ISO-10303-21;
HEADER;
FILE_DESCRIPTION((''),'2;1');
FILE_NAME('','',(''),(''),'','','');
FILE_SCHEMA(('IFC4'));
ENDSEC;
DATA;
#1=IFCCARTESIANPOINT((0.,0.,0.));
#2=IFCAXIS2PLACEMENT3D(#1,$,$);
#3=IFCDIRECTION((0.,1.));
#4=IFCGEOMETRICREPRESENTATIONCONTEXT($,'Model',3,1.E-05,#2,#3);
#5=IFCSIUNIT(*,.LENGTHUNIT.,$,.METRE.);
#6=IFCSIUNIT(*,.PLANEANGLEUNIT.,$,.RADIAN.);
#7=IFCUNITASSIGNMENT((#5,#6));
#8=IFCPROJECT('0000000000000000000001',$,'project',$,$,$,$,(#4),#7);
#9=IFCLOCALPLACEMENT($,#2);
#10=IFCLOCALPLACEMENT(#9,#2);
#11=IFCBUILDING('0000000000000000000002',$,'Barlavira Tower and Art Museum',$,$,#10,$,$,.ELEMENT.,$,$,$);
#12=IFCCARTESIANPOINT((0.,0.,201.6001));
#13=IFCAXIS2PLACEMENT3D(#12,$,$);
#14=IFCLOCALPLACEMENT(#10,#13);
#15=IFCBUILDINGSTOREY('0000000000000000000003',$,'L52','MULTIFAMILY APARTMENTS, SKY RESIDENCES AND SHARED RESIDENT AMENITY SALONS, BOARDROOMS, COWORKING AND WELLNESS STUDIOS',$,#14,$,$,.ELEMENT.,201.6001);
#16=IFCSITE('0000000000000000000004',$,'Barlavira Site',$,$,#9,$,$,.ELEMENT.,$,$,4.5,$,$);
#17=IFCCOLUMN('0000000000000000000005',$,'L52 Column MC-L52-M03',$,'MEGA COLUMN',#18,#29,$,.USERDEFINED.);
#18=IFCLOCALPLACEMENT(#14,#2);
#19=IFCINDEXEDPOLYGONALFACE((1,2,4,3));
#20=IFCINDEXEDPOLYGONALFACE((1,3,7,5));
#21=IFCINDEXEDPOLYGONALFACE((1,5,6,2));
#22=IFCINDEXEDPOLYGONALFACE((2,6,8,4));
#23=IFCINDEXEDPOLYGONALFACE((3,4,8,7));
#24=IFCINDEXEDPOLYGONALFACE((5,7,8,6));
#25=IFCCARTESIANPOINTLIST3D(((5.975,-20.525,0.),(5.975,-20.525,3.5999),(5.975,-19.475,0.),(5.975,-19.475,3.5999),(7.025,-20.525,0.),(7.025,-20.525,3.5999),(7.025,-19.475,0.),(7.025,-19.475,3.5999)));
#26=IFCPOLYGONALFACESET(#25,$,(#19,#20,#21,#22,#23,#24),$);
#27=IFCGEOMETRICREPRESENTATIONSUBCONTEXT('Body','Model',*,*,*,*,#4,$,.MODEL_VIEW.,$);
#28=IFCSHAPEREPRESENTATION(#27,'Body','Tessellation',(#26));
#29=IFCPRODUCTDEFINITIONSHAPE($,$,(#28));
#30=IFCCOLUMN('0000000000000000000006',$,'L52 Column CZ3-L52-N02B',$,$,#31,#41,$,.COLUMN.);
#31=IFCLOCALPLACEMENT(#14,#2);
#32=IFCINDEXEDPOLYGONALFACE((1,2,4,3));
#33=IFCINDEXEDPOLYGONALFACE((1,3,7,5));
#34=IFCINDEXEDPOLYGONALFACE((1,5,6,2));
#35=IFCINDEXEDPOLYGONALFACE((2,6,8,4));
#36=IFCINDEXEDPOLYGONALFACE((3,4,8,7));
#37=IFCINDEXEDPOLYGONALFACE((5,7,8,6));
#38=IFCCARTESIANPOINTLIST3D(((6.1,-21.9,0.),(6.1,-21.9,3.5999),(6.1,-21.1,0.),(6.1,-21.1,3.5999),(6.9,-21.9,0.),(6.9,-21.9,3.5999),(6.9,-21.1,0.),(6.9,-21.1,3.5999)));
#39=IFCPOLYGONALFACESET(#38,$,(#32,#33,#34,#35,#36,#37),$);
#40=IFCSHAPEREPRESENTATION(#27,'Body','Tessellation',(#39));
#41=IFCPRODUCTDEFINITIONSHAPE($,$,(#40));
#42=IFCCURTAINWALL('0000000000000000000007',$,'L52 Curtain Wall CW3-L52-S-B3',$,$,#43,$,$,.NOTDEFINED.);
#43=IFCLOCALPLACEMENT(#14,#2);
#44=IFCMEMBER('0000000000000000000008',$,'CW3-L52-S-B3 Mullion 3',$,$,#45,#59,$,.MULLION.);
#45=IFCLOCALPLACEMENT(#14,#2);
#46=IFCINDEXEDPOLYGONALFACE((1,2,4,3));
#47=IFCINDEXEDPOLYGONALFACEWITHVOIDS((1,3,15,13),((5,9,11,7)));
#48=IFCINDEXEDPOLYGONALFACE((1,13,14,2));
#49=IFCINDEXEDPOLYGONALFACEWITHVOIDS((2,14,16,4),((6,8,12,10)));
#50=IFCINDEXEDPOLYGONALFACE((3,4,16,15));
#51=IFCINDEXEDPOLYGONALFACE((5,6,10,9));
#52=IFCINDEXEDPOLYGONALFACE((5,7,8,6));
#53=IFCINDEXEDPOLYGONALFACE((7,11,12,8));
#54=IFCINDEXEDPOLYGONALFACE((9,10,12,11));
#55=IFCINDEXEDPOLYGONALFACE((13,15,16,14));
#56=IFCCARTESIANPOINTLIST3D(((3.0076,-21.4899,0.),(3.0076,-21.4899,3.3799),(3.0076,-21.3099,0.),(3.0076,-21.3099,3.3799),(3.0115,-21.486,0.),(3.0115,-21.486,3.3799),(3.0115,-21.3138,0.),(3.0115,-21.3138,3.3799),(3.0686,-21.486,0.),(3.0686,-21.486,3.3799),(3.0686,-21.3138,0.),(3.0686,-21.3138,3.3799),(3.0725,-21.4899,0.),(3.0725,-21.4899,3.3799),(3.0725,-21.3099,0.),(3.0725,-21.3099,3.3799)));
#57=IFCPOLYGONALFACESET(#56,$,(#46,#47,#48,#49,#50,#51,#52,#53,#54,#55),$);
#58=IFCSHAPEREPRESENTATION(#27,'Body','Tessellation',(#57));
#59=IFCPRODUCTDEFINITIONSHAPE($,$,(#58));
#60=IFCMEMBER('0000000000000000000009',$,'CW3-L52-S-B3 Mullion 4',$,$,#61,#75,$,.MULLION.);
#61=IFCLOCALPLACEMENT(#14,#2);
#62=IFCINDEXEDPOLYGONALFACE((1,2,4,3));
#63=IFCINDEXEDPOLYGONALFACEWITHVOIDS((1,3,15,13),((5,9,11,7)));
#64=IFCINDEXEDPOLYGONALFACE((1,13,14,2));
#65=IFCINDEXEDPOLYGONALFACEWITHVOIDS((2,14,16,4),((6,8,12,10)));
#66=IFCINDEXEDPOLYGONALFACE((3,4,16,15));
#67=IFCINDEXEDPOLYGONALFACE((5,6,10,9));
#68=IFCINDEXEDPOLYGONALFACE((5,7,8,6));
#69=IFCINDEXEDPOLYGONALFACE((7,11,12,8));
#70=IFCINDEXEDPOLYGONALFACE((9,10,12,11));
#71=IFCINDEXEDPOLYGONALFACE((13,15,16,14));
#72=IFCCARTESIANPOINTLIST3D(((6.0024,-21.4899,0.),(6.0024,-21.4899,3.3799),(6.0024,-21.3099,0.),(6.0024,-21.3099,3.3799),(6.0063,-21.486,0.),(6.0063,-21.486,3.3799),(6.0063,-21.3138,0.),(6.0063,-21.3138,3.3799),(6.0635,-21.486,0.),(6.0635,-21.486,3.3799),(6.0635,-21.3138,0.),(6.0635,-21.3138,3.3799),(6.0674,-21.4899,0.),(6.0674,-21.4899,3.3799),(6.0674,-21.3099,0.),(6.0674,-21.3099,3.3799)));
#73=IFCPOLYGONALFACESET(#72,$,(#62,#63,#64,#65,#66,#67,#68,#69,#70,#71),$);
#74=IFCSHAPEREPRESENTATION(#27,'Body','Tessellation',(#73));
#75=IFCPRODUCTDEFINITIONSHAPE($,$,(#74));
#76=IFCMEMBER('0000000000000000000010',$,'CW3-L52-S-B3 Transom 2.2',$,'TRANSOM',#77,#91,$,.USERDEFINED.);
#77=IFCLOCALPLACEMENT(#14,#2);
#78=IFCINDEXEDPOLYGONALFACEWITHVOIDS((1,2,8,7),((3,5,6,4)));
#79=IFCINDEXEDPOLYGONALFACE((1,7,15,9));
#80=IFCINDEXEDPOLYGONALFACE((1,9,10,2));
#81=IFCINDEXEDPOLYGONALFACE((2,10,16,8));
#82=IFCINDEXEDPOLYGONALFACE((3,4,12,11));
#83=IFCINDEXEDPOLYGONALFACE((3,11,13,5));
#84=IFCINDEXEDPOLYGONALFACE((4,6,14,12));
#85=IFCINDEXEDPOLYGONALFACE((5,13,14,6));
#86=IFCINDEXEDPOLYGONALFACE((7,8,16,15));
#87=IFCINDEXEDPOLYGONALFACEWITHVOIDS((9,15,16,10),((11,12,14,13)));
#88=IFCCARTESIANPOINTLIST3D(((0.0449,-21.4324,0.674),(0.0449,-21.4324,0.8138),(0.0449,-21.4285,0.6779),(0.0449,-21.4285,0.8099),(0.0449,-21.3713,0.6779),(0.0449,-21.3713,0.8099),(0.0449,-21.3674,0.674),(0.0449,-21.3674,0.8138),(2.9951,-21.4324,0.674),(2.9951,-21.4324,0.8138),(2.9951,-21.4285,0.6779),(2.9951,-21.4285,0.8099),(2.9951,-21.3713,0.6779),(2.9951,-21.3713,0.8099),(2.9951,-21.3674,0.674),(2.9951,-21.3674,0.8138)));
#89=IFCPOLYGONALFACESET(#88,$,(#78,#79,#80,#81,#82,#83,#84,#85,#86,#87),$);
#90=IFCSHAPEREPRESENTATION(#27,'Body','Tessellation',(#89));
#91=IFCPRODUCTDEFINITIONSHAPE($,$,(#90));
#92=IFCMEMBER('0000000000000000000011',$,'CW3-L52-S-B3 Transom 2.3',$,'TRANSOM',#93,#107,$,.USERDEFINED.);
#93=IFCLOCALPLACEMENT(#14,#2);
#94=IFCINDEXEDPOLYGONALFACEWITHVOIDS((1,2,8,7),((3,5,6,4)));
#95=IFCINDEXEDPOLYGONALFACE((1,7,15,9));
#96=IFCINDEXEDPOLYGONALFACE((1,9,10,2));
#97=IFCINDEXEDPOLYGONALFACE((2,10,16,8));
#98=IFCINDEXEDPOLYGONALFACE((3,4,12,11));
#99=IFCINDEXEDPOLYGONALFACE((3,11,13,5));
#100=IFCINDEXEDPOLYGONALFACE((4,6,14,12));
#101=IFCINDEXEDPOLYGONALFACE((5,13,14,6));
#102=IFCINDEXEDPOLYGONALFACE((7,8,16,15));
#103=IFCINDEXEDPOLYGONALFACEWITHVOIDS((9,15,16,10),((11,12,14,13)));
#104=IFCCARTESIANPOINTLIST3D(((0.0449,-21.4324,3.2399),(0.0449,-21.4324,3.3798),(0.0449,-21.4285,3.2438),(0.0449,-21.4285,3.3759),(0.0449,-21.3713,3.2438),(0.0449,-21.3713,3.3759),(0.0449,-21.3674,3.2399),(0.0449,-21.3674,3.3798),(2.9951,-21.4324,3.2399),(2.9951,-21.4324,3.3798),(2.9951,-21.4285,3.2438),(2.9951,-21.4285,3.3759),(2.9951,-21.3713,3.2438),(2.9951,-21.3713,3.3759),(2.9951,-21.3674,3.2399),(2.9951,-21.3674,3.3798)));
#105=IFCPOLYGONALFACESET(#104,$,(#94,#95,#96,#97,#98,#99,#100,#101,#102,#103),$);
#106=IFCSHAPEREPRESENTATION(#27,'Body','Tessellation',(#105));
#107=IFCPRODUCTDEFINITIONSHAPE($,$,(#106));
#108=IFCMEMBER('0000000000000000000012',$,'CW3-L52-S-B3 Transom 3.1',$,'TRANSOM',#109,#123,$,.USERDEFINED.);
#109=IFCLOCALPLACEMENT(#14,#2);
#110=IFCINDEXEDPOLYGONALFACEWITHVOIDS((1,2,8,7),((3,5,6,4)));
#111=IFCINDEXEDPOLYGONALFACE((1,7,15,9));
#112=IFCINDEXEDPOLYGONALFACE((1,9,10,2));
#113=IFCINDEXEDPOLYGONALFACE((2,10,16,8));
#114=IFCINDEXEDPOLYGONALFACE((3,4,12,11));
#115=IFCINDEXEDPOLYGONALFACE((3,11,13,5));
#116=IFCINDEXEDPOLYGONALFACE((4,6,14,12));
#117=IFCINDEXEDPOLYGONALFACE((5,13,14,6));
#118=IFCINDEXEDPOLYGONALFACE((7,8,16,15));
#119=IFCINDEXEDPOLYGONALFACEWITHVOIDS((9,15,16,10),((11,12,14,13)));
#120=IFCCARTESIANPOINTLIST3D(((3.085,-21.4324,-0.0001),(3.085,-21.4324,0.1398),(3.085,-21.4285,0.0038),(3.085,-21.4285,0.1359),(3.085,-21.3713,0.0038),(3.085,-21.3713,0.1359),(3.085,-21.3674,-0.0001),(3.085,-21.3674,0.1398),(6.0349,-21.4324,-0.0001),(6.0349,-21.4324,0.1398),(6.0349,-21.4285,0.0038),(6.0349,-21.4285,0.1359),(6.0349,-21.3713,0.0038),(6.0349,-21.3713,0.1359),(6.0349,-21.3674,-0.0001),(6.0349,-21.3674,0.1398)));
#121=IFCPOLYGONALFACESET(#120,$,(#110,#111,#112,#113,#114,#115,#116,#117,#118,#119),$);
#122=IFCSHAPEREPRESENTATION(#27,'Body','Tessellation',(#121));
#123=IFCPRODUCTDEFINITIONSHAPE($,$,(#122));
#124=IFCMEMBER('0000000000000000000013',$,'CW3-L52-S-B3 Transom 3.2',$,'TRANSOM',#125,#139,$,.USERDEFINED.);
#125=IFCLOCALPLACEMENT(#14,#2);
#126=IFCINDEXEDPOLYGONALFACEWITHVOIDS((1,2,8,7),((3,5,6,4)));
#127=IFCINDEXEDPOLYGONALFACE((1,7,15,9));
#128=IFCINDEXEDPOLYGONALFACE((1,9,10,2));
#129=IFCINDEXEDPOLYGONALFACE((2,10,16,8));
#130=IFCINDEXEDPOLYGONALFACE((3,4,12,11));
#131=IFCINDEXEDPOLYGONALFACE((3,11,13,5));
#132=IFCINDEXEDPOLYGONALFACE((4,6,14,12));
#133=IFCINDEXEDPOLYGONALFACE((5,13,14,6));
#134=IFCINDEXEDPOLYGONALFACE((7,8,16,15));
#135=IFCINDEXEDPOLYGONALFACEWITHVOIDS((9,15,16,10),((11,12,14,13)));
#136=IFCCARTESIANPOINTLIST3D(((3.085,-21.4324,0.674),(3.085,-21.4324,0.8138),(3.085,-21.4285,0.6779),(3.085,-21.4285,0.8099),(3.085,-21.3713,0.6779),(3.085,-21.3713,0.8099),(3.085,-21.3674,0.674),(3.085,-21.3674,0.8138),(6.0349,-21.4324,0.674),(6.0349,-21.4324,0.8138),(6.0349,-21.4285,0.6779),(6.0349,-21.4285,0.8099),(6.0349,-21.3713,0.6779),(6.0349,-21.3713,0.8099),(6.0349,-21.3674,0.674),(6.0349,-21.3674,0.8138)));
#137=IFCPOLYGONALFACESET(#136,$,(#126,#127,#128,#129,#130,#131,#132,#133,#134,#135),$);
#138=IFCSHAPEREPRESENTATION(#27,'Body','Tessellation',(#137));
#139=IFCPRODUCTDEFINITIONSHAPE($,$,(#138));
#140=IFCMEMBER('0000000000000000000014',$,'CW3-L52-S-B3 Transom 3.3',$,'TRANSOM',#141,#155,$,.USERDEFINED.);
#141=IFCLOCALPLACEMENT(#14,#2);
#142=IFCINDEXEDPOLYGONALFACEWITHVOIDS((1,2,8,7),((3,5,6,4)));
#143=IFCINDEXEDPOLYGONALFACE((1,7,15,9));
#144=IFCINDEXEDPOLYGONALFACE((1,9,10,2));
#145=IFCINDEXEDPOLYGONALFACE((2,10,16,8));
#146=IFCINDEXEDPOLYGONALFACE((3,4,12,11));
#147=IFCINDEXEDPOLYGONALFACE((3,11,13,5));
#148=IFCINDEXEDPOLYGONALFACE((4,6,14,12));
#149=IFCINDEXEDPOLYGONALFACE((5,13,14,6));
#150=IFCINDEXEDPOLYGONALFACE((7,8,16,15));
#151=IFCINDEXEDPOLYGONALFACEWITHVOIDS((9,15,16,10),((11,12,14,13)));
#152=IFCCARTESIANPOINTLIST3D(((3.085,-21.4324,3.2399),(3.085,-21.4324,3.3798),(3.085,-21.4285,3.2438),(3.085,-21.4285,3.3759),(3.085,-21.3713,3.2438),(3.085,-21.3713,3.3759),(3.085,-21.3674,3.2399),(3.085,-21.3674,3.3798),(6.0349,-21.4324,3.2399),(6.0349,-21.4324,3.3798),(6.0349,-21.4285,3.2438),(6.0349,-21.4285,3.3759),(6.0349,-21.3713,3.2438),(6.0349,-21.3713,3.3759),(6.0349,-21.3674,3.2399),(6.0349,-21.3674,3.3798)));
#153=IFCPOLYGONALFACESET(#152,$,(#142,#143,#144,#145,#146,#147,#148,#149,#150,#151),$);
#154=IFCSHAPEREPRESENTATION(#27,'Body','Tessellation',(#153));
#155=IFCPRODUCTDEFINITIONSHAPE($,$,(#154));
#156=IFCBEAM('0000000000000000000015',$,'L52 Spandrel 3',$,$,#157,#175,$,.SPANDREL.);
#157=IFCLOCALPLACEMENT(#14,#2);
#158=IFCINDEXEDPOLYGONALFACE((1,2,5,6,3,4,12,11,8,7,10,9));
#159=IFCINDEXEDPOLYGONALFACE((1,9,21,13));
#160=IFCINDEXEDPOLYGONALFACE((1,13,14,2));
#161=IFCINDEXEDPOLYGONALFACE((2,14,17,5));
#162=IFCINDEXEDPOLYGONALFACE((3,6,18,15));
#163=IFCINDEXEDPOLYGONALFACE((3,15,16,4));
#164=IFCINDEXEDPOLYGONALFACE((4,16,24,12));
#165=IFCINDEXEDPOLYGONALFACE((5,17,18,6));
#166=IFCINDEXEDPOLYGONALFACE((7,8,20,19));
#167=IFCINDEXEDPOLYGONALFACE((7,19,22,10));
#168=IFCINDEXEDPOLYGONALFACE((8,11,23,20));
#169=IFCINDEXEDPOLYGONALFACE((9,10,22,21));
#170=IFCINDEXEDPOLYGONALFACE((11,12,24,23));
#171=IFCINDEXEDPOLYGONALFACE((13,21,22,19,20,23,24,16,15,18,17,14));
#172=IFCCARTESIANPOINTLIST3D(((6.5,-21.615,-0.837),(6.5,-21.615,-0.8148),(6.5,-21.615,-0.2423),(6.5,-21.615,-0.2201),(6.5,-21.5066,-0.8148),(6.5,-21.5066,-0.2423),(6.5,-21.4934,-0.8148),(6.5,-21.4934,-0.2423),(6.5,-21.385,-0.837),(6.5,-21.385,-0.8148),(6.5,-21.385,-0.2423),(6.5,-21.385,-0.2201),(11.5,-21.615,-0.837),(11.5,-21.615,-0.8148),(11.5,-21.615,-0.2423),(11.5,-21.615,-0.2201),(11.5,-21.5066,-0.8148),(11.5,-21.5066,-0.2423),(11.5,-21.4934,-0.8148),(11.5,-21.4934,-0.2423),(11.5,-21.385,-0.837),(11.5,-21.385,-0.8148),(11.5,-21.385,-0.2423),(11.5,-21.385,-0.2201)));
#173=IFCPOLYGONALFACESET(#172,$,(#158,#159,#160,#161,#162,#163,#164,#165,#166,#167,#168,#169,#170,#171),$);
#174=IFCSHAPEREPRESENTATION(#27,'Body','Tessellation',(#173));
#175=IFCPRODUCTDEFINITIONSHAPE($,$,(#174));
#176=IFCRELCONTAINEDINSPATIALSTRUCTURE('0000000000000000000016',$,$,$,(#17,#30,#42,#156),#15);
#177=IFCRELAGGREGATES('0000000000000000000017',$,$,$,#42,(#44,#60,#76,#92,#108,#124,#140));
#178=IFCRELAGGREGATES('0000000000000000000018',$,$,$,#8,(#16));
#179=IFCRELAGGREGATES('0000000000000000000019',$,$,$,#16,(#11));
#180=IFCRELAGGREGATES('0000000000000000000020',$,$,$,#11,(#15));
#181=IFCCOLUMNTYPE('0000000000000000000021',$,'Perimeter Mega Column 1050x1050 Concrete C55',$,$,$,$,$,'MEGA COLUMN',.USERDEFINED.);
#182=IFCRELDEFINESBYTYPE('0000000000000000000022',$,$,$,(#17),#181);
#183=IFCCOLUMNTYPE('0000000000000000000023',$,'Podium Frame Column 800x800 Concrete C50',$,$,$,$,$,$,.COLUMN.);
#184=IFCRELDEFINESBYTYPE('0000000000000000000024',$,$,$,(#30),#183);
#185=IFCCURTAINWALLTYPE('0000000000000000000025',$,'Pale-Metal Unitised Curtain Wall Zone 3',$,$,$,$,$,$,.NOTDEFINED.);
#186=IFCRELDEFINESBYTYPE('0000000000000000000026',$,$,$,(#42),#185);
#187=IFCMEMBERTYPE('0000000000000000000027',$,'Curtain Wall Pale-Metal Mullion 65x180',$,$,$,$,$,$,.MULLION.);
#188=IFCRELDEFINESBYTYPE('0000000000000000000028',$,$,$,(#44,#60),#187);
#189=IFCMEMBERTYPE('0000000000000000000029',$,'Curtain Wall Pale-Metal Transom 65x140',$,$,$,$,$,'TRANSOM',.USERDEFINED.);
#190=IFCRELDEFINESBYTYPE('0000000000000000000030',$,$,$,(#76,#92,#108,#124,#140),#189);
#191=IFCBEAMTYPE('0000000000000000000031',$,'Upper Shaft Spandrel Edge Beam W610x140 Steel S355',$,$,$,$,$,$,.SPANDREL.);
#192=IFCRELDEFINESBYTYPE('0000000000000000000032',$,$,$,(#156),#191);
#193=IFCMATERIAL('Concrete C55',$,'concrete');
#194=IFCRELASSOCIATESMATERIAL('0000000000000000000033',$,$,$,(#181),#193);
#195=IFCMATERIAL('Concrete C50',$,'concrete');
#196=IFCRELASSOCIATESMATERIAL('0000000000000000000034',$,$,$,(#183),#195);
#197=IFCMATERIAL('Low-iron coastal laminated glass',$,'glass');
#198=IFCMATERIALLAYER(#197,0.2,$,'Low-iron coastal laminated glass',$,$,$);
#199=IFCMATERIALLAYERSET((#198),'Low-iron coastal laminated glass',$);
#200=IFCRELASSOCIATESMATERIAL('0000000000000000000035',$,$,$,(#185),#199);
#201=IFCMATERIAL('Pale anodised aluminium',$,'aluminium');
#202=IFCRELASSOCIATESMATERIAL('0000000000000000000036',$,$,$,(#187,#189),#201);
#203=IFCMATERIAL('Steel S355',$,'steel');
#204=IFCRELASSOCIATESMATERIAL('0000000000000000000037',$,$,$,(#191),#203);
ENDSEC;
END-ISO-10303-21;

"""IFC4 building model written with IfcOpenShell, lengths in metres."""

from ifc_helpers import new_model, si_unit, direction, frame, origin, origin_2d, place, context, subcontext, project, spatial, rectangle, hollow_rectangle, i_section, extrude, material, layer, layer_set, material_profile, profile_set, type_object, element, aggregate, save


model = new_model("IFC4")

# Units and contexts
model_context = context("Model", 3, precision=1e-05, world=origin(), true_north=direction((0.0, 1.0)))
body_context = subcontext(model_context, "Body", "Model", "MODEL_VIEW")
ifc_project = project(units=[si_unit("LENGTHUNIT", "METRE"), si_unit("PLANEANGLEUNIT", "RADIAN")], contexts=[model_context])

# Site, building, storey
site_placement = place(None, origin())
site = spatial("IfcSite", under=ifc_project, at=site_placement, Name="Barlavira Site", CompositionType="ELEMENT", RefElevation=4.5)
building_placement = place(site_placement, origin())
building = spatial("IfcBuilding", under=site, at=building_placement, Name="Barlavira Tower and Art Museum", CompositionType="ELEMENT")
storey_placement = place(building_placement, frame((0.0, 0.0, 201.6001)))
storey = spatial("IfcBuildingStorey", under=building, at=storey_placement, Name="L52", Description="MULTIFAMILY APARTMENTS, SKY RESIDENCES AND SHARED RESIDENT AMENITY SALONS, BOARDROOMS, COWORKING AND WELLNESS STUDIOS", CompositionType="ELEMENT", Elevation=201.6001)

# Columns
ifc_material_1 = material(Name="Concrete C55", Category="concrete")
ifc_material_profile_1 = material_profile(ifc_material_1, rectangle(XDim=1.05, YDim=1.05, at=origin_2d()), Name="RC-COL 1050x1050")
ifc_profile_set_1 = profile_set([ifc_material_profile_1], Name="Concrete C55")
column_type_1 = type_object("IfcColumnType", Name="Perimeter Mega Column 1050x1050 Concrete C55", ElementType="MEGA COLUMN", PredefinedType="USERDEFINED", material=ifc_profile_set_1)
column_1_placement = place(storey_placement, frame((6.5, -20.0, 0.0), z_axis=(0.0, 0.0, 1.0), x_axis=(1.0, 0.0, 0.0)))
element("IfcColumn", 1, at=column_1_placement, inside=storey, type_object=column_type_1, Name="L52 Column MC-L52-M03", ObjectType="MEGA COLUMN", PredefinedType="USERDEFINED", context=body_context, shape_type="SweptSolid", body=[
    extrude(rectangle(XDim=1.05, YDim=1.05, at=origin_2d()), origin(), (0.0, 0.0, 1.0), 3.5999),
])
ifc_material_2 = material(Name="Concrete C50", Category="concrete")
ifc_material_profile_2 = material_profile(ifc_material_2, rectangle(XDim=0.8, YDim=0.8, at=origin_2d()), Name="RC-COL 800x800")
ifc_profile_set_2 = profile_set([ifc_material_profile_2], Name="Concrete C50")
column_type_2 = type_object("IfcColumnType", Name="Podium Frame Column 800x800 Concrete C50", PredefinedType="COLUMN", material=ifc_profile_set_2)
column_2_placement = place(storey_placement, frame((6.5, -21.5, 0.0), z_axis=(0.0, 0.0, 1.0), x_axis=(1.0, 0.0, 0.0)))
element("IfcColumn", 2, at=column_2_placement, inside=storey, type_object=column_type_2, Name="L52 Column CZ3-L52-N02B", PredefinedType="COLUMN", context=body_context, shape_type="SweptSolid", body=[
    extrude(rectangle(XDim=0.8, YDim=0.8, at=origin_2d()), origin(), (0.0, 0.0, 1.0), 3.5999),
])

# Curtain wall, members
ifc_material_3 = material(Name="Low-iron coastal laminated glass", Category="glass")
ifc_layer_1 = layer(ifc_material_3, 0.2, Name="Low-iron coastal laminated glass")
ifc_layer_set_1 = layer_set([ifc_layer_1], Name="Low-iron coastal laminated glass")
curtain_wall_type = type_object("IfcCurtainWallType", Name="Pale-Metal Unitised Curtain Wall Zone 3", PredefinedType="NOTDEFINED", material=ifc_layer_set_1)
curtain_wall_placement = place(storey_placement, origin())
curtain_wall = element("IfcCurtainWall", 3, at=curtain_wall_placement, inside=storey, type_object=curtain_wall_type, Name="L52 Curtain Wall CW3-L52-S-B3", PredefinedType="NOTDEFINED")
ifc_material_4 = material(Name="Pale anodised aluminium", Category="aluminium")
ifc_material_profile_3 = material_profile(ifc_material_4, hollow_rectangle(XDim=0.0649, YDim=0.1799, WallThickness=0.0039, at=origin_2d()), Name="ALU-MULL 65x180x4")
ifc_profile_set_3 = profile_set([ifc_material_profile_3], Name="Pale anodised aluminium")
member_type_1 = type_object("IfcMemberType", Name="Curtain Wall Pale-Metal Mullion 65x180", PredefinedType="MULLION", material=ifc_profile_set_3)
member_1_placement = place(storey_placement, frame((3.04, -21.3999, 0.0), z_axis=(0.0, 0.0, 1.0), x_axis=(1.0, 0.0, 0.0)))
member_1 = element("IfcMember", 4, at=member_1_placement, type_object=member_type_1, Name="CW3-L52-S-B3 Mullion 3", PredefinedType="MULLION", context=body_context, shape_type="SweptSolid", body=[
    extrude(hollow_rectangle(XDim=0.0649, YDim=0.1799, WallThickness=0.0039, at=origin_2d()), origin(), (0.0, 0.0, 1.0), 3.3799),
])
member_2_placement = place(storey_placement, frame((6.0349, -21.3999, 0.0), z_axis=(0.0, 0.0, 1.0), x_axis=(1.0, 0.0, 0.0)))
member_2 = element("IfcMember", 5, at=member_2_placement, type_object=member_type_1, Name="CW3-L52-S-B3 Mullion 4", PredefinedType="MULLION", context=body_context, shape_type="SweptSolid", body=[
    extrude(hollow_rectangle(XDim=0.0649, YDim=0.1799, WallThickness=0.0039, at=origin_2d()), origin(), (0.0, 0.0, 1.0), 3.3799),
])
ifc_material_profile_4 = material_profile(ifc_material_4, hollow_rectangle(XDim=0.0649, YDim=0.1399, WallThickness=0.0039, at=origin_2d()), Name="ALU-TRAN 65x140x4")
ifc_profile_set_4 = profile_set([ifc_material_profile_4], Name="Pale anodised aluminium")
member_type_2 = type_object("IfcMemberType", Name="Curtain Wall Pale-Metal Transom 65x140", ElementType="TRANSOM", PredefinedType="USERDEFINED", material=ifc_profile_set_4)
member_3_placement = place(storey_placement, frame((0.0449, -21.3999, 0.7439), z_axis=(1.0, 0.0, 0.0), x_axis=(0.0, 1.0, 0.0)))
member_3 = element("IfcMember", 6, at=member_3_placement, type_object=member_type_2, Name="CW3-L52-S-B3 Transom 2.2", ObjectType="TRANSOM", PredefinedType="USERDEFINED", context=body_context, shape_type="SweptSolid", body=[
    extrude(hollow_rectangle(XDim=0.0649, YDim=0.1399, WallThickness=0.0039, at=origin_2d()), origin(), (0.0, 0.0, 1.0), 2.9502),
])
member_4_placement = place(storey_placement, frame((0.0449, -21.3999, 3.3098), z_axis=(1.0, 0.0, 0.0), x_axis=(0.0, 1.0, 0.0)))
member_4 = element("IfcMember", 7, at=member_4_placement, type_object=member_type_2, Name="CW3-L52-S-B3 Transom 2.3", ObjectType="TRANSOM", PredefinedType="USERDEFINED", context=body_context, shape_type="SweptSolid", body=[
    extrude(hollow_rectangle(XDim=0.0649, YDim=0.1399, WallThickness=0.0039, at=origin_2d()), origin(), (0.0, 0.0, 1.0), 2.9502),
])
member_5_placement = place(storey_placement, frame((3.085, -21.3999, 0.0698), z_axis=(1.0, 0.0, 0.0), x_axis=(0.0, 1.0, 0.0)))
member_5 = element("IfcMember", 8, at=member_5_placement, type_object=member_type_2, Name="CW3-L52-S-B3 Transom 3.1", ObjectType="TRANSOM", PredefinedType="USERDEFINED", context=body_context, shape_type="SweptSolid", body=[
    extrude(hollow_rectangle(XDim=0.0649, YDim=0.1399, WallThickness=0.0039, at=origin_2d()), origin(), (0.0, 0.0, 1.0), 2.95),
])
member_6_placement = place(storey_placement, frame((3.085, -21.3999, 0.7439), z_axis=(1.0, 0.0, 0.0), x_axis=(0.0, 1.0, 0.0)))
member_6 = element("IfcMember", 9, at=member_6_placement, type_object=member_type_2, Name="CW3-L52-S-B3 Transom 3.2", ObjectType="TRANSOM", PredefinedType="USERDEFINED", context=body_context, shape_type="SweptSolid", body=[
    extrude(hollow_rectangle(XDim=0.0649, YDim=0.1399, WallThickness=0.0039, at=origin_2d()), origin(), (0.0, 0.0, 1.0), 2.95),
])
member_7_placement = place(storey_placement, frame((3.085, -21.3999, 3.3098), z_axis=(1.0, 0.0, 0.0), x_axis=(0.0, 1.0, 0.0)))
member_7 = element("IfcMember", 10, at=member_7_placement, type_object=member_type_2, Name="CW3-L52-S-B3 Transom 3.3", ObjectType="TRANSOM", PredefinedType="USERDEFINED", context=body_context, shape_type="SweptSolid", body=[
    extrude(hollow_rectangle(XDim=0.0649, YDim=0.1399, WallThickness=0.0039, at=origin_2d()), origin(), (0.0, 0.0, 1.0), 2.95),
])

# Beam
ifc_material_5 = material(Name="Steel S355", Category="steel")
ifc_material_profile_5 = material_profile(ifc_material_5, i_section(OverallWidth=0.23, OverallDepth=0.6169, WebThickness=0.0132, FlangeThickness=0.0222, at=origin_2d()), Name="W610x140.0")
ifc_profile_set_5 = profile_set([ifc_material_profile_5], Name="Steel S355")
beam_type = type_object("IfcBeamType", Name="Upper Shaft Spandrel Edge Beam W610x140 Steel S355", PredefinedType="SPANDREL", material=ifc_profile_set_5)
beam_placement = place(storey_placement, frame((6.5, -21.5, -0.5286), z_axis=(1.0, 0.0, 0.0), x_axis=(0.0, 1.0, 0.0)))
element("IfcBeam", 11, at=beam_placement, inside=storey, type_object=beam_type, Name="L52 Spandrel 3", PredefinedType="SPANDREL", context=body_context, shape_type="SweptSolid", body=[
    extrude(i_section(OverallWidth=0.23, OverallDepth=0.6169, WebThickness=0.0132, FlangeThickness=0.0222, at=origin_2d()), origin(), (0.0, 0.0, 1.0), 5.0),
])

aggregate(curtain_wall, [member_1, member_2, member_3, member_4, member_5, member_6, member_7])

save(model, "model.ifc")
